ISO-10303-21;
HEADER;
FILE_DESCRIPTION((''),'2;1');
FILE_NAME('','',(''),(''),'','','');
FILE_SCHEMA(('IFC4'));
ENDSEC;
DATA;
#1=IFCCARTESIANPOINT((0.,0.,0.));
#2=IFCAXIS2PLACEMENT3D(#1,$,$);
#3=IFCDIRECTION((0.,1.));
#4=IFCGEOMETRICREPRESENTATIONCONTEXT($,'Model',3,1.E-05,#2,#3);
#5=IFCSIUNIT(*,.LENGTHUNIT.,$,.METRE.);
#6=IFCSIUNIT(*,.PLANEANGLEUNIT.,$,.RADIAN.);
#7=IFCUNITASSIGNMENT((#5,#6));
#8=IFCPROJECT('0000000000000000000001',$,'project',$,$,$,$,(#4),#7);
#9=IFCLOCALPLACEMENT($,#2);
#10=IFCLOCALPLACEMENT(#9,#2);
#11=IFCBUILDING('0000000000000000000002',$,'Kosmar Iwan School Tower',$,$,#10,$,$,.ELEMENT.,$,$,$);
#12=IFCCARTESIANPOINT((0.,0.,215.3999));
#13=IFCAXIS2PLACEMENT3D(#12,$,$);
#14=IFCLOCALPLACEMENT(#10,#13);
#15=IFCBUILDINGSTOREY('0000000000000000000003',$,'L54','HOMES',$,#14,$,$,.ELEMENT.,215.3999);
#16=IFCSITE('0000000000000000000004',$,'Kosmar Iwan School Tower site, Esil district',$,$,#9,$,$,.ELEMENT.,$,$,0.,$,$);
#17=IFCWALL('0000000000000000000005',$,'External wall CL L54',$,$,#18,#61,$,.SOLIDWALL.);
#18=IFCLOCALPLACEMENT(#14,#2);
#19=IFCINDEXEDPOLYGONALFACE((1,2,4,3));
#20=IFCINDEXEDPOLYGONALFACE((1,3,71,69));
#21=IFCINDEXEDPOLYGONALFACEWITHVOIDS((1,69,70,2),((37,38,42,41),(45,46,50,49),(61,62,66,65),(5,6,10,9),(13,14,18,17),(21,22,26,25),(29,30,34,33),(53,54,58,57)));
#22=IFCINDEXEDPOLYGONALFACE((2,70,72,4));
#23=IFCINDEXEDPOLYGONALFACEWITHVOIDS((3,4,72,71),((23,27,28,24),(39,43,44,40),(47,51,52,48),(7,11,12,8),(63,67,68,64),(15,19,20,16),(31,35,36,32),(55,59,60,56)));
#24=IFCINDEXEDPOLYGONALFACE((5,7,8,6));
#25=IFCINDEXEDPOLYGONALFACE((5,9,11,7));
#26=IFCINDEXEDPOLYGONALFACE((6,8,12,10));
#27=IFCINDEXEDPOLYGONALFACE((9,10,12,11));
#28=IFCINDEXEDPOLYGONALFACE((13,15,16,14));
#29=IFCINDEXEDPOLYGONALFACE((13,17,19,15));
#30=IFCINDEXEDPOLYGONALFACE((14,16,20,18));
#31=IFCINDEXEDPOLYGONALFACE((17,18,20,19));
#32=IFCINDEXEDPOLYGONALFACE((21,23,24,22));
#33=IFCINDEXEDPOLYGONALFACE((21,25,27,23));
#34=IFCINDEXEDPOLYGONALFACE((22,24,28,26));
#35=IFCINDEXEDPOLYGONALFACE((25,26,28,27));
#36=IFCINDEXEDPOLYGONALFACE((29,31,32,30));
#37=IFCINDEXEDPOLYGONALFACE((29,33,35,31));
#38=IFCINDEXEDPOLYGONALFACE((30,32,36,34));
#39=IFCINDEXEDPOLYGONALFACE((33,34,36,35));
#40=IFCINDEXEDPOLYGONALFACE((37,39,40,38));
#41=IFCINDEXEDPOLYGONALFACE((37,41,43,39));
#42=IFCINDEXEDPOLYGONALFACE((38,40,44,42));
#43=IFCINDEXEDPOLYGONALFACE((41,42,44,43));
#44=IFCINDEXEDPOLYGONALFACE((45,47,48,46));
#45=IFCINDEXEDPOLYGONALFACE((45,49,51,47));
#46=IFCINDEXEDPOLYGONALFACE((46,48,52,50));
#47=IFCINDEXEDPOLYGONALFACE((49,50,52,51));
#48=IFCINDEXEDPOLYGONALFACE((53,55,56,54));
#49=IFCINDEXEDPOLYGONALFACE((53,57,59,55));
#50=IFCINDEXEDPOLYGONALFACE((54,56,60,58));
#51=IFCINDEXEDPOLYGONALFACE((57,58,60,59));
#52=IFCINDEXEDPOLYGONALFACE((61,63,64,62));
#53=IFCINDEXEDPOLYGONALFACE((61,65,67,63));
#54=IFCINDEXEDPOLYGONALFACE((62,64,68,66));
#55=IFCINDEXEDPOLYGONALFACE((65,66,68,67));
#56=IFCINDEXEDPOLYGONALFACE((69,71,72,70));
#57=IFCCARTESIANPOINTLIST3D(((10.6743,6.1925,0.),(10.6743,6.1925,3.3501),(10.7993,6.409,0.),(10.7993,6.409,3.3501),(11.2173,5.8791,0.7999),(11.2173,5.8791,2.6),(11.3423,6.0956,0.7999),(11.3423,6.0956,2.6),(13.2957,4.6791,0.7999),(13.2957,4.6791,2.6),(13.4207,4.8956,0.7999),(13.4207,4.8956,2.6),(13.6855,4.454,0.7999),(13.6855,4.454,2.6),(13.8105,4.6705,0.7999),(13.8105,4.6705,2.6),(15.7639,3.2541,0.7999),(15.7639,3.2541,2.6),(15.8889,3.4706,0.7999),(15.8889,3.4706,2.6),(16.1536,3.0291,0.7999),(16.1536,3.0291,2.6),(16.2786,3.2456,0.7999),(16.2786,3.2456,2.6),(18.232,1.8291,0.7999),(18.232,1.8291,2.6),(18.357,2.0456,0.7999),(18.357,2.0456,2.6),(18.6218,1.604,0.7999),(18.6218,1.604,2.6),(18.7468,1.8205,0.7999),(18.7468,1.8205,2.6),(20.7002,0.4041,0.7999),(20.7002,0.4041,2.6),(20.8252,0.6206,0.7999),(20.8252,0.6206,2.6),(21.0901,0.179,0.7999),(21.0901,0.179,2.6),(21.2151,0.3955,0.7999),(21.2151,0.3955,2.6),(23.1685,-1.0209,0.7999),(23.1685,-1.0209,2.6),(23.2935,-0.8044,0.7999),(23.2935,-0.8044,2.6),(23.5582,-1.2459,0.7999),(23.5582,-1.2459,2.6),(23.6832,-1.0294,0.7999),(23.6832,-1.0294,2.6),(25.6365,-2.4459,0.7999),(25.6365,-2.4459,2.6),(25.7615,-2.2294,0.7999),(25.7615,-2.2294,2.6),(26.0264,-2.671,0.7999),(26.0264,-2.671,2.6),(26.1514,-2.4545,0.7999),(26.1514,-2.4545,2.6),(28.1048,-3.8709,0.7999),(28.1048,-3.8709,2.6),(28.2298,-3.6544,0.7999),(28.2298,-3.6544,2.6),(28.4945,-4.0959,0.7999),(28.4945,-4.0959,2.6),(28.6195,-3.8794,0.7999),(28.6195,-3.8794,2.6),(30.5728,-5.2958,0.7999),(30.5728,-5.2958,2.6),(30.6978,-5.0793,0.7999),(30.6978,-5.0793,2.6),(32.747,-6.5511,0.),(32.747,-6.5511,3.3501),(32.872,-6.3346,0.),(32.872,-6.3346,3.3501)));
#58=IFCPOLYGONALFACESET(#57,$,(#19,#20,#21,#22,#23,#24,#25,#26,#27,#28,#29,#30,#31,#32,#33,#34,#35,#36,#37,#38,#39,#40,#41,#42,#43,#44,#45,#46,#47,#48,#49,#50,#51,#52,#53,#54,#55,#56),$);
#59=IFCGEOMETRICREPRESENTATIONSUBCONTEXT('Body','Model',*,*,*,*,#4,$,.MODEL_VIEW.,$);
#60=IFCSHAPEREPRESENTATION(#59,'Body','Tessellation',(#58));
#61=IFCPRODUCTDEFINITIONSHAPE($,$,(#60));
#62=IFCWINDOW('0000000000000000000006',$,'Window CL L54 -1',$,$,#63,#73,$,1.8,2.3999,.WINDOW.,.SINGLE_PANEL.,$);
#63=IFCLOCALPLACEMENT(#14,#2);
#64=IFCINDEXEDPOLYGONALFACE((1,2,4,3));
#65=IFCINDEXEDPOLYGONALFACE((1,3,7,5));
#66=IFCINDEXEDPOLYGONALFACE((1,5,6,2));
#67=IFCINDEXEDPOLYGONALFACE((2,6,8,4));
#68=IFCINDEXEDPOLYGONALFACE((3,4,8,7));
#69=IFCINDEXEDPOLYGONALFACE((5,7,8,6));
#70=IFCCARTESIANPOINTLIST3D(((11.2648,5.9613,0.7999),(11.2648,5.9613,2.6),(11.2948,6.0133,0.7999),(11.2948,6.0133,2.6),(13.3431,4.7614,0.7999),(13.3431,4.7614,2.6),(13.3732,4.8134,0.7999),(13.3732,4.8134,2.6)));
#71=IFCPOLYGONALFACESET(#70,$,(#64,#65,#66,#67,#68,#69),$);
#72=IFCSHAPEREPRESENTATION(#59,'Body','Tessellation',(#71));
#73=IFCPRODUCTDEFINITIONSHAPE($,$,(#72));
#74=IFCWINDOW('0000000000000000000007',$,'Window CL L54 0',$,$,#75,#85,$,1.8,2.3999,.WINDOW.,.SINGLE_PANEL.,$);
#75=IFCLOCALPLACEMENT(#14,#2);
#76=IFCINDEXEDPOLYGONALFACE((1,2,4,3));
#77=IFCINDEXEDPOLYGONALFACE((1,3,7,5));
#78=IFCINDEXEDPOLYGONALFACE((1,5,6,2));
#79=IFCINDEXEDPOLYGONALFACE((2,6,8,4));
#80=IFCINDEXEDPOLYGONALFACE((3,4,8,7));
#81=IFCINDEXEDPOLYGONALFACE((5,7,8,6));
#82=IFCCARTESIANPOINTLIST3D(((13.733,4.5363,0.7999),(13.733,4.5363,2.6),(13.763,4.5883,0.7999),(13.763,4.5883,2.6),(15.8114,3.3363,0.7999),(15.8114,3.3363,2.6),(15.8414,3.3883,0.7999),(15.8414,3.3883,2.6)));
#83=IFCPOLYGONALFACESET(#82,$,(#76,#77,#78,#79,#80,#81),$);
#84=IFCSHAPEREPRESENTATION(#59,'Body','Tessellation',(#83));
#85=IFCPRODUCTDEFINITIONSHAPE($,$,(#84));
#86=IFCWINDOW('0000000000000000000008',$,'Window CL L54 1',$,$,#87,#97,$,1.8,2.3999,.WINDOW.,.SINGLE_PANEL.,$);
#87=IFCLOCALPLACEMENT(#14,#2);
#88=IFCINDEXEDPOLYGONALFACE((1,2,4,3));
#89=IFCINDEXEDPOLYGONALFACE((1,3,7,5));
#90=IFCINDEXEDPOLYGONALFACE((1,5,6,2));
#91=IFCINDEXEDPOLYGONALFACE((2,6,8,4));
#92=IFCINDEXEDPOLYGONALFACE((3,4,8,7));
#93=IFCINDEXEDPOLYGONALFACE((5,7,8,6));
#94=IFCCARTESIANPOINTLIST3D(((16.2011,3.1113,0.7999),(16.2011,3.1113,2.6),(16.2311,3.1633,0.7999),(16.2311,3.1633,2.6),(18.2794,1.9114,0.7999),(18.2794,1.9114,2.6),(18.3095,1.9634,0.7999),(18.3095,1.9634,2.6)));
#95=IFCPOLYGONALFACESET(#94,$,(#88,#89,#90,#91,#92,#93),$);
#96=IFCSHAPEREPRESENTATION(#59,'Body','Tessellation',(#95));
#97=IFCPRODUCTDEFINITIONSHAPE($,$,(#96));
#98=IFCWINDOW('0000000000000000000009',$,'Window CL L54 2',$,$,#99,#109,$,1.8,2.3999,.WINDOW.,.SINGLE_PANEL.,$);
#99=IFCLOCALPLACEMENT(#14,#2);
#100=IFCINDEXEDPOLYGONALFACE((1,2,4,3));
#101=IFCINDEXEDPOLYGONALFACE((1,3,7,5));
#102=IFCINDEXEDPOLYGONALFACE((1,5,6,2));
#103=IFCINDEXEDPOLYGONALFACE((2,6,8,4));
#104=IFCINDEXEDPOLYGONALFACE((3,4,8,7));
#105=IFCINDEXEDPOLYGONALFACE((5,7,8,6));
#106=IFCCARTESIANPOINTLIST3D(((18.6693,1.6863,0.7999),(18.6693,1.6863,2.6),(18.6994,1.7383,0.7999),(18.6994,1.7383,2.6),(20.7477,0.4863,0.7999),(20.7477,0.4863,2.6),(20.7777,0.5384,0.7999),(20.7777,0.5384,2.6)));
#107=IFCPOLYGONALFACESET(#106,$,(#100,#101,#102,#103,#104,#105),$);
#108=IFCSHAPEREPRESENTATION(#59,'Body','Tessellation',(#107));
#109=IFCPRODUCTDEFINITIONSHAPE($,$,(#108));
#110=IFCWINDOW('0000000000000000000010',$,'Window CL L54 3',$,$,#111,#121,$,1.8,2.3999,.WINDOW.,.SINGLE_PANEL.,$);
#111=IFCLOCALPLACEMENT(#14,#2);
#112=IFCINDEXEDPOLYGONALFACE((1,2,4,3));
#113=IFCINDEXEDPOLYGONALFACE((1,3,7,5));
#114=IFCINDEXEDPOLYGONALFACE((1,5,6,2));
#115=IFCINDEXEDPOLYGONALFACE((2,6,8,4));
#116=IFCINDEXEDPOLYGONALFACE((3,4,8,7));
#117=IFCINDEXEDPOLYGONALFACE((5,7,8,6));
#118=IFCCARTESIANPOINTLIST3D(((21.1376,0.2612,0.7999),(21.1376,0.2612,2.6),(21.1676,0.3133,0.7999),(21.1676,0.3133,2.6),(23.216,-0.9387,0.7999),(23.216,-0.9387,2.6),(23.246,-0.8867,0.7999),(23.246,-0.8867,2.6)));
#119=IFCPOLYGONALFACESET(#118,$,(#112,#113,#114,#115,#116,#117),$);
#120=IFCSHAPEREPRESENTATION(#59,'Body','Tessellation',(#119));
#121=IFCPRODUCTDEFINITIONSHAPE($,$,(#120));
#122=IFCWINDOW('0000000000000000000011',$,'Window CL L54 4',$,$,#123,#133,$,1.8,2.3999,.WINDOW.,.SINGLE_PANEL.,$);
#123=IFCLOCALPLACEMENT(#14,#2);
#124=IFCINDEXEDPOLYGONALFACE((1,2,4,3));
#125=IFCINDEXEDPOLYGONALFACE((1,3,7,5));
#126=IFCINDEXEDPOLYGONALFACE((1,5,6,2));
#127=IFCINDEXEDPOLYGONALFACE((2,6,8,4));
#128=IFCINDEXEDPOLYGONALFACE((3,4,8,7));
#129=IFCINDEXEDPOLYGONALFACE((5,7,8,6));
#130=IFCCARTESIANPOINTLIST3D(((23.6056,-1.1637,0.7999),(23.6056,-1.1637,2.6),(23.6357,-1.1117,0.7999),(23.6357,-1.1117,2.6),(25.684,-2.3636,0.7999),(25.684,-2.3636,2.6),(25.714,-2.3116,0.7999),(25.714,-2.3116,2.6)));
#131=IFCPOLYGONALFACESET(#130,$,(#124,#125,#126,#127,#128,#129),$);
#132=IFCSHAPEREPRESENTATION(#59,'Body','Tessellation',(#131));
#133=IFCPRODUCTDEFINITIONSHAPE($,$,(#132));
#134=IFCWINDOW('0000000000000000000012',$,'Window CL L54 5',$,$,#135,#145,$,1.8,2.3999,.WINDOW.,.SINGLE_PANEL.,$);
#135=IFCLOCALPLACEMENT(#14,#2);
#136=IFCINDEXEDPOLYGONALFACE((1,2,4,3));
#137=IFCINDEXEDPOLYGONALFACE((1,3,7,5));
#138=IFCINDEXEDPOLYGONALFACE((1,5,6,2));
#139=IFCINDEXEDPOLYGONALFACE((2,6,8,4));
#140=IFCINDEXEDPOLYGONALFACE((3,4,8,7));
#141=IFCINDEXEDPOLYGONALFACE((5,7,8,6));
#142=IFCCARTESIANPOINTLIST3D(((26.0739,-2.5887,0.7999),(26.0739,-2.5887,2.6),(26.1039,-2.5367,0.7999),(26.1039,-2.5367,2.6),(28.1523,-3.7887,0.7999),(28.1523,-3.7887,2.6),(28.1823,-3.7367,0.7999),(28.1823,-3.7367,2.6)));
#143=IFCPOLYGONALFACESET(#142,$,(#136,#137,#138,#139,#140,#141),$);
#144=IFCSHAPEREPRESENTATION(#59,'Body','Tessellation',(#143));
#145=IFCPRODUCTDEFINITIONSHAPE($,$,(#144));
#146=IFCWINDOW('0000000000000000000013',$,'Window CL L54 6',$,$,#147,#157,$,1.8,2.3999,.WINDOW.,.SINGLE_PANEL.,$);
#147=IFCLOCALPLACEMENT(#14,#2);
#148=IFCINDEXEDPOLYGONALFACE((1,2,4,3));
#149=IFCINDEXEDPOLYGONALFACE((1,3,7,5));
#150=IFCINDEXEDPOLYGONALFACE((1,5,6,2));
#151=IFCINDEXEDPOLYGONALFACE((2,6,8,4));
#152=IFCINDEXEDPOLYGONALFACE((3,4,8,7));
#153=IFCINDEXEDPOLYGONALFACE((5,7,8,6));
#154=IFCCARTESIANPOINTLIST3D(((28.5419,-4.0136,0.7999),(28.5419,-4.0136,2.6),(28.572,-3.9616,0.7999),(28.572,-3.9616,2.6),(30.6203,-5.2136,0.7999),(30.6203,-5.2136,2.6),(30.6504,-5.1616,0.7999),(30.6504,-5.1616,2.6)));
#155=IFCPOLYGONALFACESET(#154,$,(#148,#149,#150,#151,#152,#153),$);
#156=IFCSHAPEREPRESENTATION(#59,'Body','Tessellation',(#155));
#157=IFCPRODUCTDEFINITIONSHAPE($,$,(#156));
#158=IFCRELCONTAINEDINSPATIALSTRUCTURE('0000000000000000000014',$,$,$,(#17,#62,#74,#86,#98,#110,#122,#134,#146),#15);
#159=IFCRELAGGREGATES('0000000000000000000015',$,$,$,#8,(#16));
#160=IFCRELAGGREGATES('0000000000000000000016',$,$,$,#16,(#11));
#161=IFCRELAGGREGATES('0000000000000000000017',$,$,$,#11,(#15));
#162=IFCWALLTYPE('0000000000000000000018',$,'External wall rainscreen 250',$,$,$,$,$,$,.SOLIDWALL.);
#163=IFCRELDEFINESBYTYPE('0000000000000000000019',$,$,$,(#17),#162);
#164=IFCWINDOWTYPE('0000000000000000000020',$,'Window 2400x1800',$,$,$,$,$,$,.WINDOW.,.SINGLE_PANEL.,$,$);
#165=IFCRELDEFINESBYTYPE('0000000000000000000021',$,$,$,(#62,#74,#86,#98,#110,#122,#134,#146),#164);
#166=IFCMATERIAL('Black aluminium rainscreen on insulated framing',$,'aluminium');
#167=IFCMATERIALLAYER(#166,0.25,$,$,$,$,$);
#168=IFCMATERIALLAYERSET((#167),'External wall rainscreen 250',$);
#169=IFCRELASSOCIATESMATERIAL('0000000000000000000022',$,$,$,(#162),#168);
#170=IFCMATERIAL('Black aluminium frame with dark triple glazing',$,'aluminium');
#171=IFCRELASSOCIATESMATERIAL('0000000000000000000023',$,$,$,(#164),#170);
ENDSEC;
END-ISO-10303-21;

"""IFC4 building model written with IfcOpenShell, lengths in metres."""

from ifc_helpers import new_model, si_unit, direction, frame, frame_2d, origin, place, context, subcontext, project, spatial, rectangle, extrude, material, layer, layer_set, type_object, element, fill, save


model = new_model("IFC4")

# Units and contexts
model_context = context("Model", 3, precision=1e-05, world=origin(), true_north=direction((0.0, 1.0)))
body_context = subcontext(model_context, "Body", "Model", "MODEL_VIEW")
ifc_project = project(units=[si_unit("LENGTHUNIT", "METRE"), si_unit("PLANEANGLEUNIT", "RADIAN")], contexts=[model_context])

# Site, building, storey
site_placement = place(None, origin())
site = spatial("IfcSite", under=ifc_project, at=site_placement, Name="Kosmar Iwan School Tower site, Esil district", CompositionType="ELEMENT", RefElevation=0.0)
building_placement = place(site_placement, origin())
building = spatial("IfcBuilding", under=site, at=building_placement, Name="Kosmar Iwan School Tower", CompositionType="ELEMENT")
storey_placement = place(building_placement, frame((0.0, 0.0, 215.3999)))
storey = spatial("IfcBuildingStorey", under=building, at=storey_placement, Name="L54", Description="HOMES", CompositionType="ELEMENT", Elevation=215.3999)

# Wall, openings, windows
ifc_material_1 = material(Name="Black aluminium rainscreen on insulated framing", Category="aluminium")
ifc_layer_1 = layer(ifc_material_1, 0.25)
ifc_layer_set_1 = layer_set([ifc_layer_1], Name="External wall rainscreen 250")
wall_type_1 = type_object("IfcWallType", Name="External wall rainscreen 250", PredefinedType="SOLIDWALL", material=ifc_layer_set_1)
wall_1_placement = place(storey_placement, frame((10.7368, 6.3008, 0.0), z_axis=(0.0, 0.0, 1.0), x_axis=(0.866026, -0.499998, 0.0)))
wall_1 = element("IfcWall", 1, at=wall_1_placement, inside=storey, type_object=wall_type_1, Name="External wall CL L54", PredefinedType="SOLIDWALL", context=body_context, shape_type="SweptSolid", body=[
    extrude(rectangle(XDim=25.4873, YDim=0.25, at=frame_2d((12.7437, 0.0))), origin(), (0.0, 0.0, 1.0), 3.3501),
])
opening_1_placement = place(wall_1_placement, frame((0.627, 0.0, 0.8)))
opening_1 = element("IfcOpeningElement", 2, at=opening_1_placement, cuts=wall_1, PredefinedType="OPENING", context=body_context, shape_type="SweptSolid", body=[
    extrude(rectangle(XDim=2.3999, YDim=1.8, at=frame_2d((1.2, 0.8999))), frame((0.0, 0.137, 0.0), z_axis=(0.0, -1.0, 0.0), x_axis=(1.0, 0.0, 0.0)), (0.0, 0.0, 1.0), 0.2739),
])
opening_2_placement = place(wall_1_placement, frame((3.4771, 0.0, 0.8)))
opening_2 = element("IfcOpeningElement", 3, at=opening_2_placement, cuts=wall_1, PredefinedType="OPENING", context=body_context, shape_type="SweptSolid", body=[
    extrude(rectangle(XDim=2.3999, YDim=1.8, at=frame_2d((1.2, 0.8999))), frame((0.0, 0.137, 0.0), z_axis=(0.0, -1.0, 0.0), x_axis=(1.0, 0.0, 0.0)), (0.0, 0.0, 1.0), 0.2739),
])
opening_3_placement = place(wall_1_placement, frame((6.3269, 0.0, 0.8)))
opening_3 = element("IfcOpeningElement", 4, at=opening_3_placement, cuts=wall_1, PredefinedType="OPENING", context=body_context, shape_type="SweptSolid", body=[
    extrude(rectangle(XDim=2.3999, YDim=1.8, at=frame_2d((1.2, 0.8999))), frame((0.0, 0.137, 0.0), z_axis=(0.0, -1.0, 0.0), x_axis=(1.0, 0.0, 0.0)), (0.0, 0.0, 1.0), 0.2739),
])
opening_4_placement = place(wall_1_placement, frame((9.177, 0.0, 0.8)))
opening_4 = element("IfcOpeningElement", 5, at=opening_4_placement, cuts=wall_1, PredefinedType="OPENING", context=body_context, shape_type="SweptSolid", body=[
    extrude(rectangle(XDim=2.3999, YDim=1.8, at=frame_2d((1.2, 0.8999))), frame((0.0, 0.137, 0.0), z_axis=(0.0, -1.0, 0.0), x_axis=(1.0, 0.0, 0.0)), (0.0, 0.0, 1.0), 0.2739),
])
opening_5_placement = place(wall_1_placement, frame((12.0271, 0.0, 0.8)))
opening_5 = element("IfcOpeningElement", 6, at=opening_5_placement, cuts=wall_1, PredefinedType="OPENING", context=body_context, shape_type="SweptSolid", body=[
    extrude(rectangle(XDim=2.3999, YDim=1.8, at=frame_2d((1.2, 0.8999))), frame((0.0, 0.137, 0.0), z_axis=(0.0, -1.0, 0.0), x_axis=(1.0, 0.0, 0.0)), (0.0, 0.0, 1.0), 0.2739),
])
opening_6_placement = place(wall_1_placement, frame((14.877, 0.0, 0.8)))
opening_6 = element("IfcOpeningElement", 7, at=opening_6_placement, cuts=wall_1, PredefinedType="OPENING", context=body_context, shape_type="SweptSolid", body=[
    extrude(rectangle(XDim=2.3999, YDim=1.8, at=frame_2d((1.2, 0.8999))), frame((0.0, 0.137, 0.0), z_axis=(0.0, -1.0, 0.0), x_axis=(1.0, 0.0, 0.0)), (0.0, 0.0, 1.0), 0.2739),
])
opening_7_placement = place(wall_1_placement, frame((17.7271, 0.0, 0.8)))
opening_7 = element("IfcOpeningElement", 8, at=opening_7_placement, cuts=wall_1, PredefinedType="OPENING", context=body_context, shape_type="SweptSolid", body=[
    extrude(rectangle(XDim=2.3999, YDim=1.8, at=frame_2d((1.2, 0.8999))), frame((0.0, 0.137, 0.0), z_axis=(0.0, -1.0, 0.0), x_axis=(1.0, 0.0, 0.0)), (0.0, 0.0, 1.0), 0.2739),
])
opening_8_placement = place(wall_1_placement, frame((20.5769, 0.0, 0.8)))
opening_8 = element("IfcOpeningElement", 9, at=opening_8_placement, cuts=wall_1, PredefinedType="OPENING", context=body_context, shape_type="SweptSolid", body=[
    extrude(rectangle(XDim=2.3999, YDim=1.8, at=frame_2d((1.2, 0.8999))), frame((0.0, 0.137, 0.0), z_axis=(0.0, -1.0, 0.0), x_axis=(1.0, 0.0, 0.0)), (0.0, 0.0, 1.0), 0.2739),
])
ifc_material_2 = material(Name="Black aluminium frame with dark triple glazing", Category="aluminium")
window_type = type_object("IfcWindowType", Name="Window 2400x1800", PartitioningType="SINGLE_PANEL", PredefinedType="WINDOW", material=ifc_material_2)
window_1_placement = place(opening_1_placement, origin())
window_1 = element("IfcWindow", 10, at=window_1_placement, inside=storey, type_object=window_type, Name="Window CL L54 -1", OverallHeight=1.8, OverallWidth=2.3999, PartitioningType="SINGLE_PANEL", PredefinedType="WINDOW", context=body_context, shape_type="SweptSolid", body=[
    extrude(rectangle(XDim=2.3999, YDim=1.8, at=frame_2d((1.2, 0.8999))), frame((0.0, 0.03, 0.0), z_axis=(0.0, -1.0, 0.0), x_axis=(1.0, 0.0, 0.0)), (0.0, 0.0, 1.0), 0.0601),
])
fill(opening_1, window_1)
window_2_placement = place(opening_2_placement, origin())
window_2 = element("IfcWindow", 11, at=window_2_placement, inside=storey, type_object=window_type, Name="Window CL L54 0", OverallHeight=1.8, OverallWidth=2.3999, PartitioningType="SINGLE_PANEL", PredefinedType="WINDOW", context=body_context, shape_type="SweptSolid", body=[
    extrude(rectangle(XDim=2.3999, YDim=1.8, at=frame_2d((1.2, 0.8999))), frame((0.0, 0.03, 0.0), z_axis=(0.0, -1.0, 0.0), x_axis=(1.0, 0.0, 0.0)), (0.0, 0.0, 1.0), 0.0601),
])
fill(opening_2, window_2)
window_3_placement = place(opening_3_placement, origin())
window_3 = element("IfcWindow", 12, at=window_3_placement, inside=storey, type_object=window_type, Name="Window CL L54 1", OverallHeight=1.8, OverallWidth=2.3999, PartitioningType="SINGLE_PANEL", PredefinedType="WINDOW", context=body_context, shape_type="SweptSolid", body=[
    extrude(rectangle(XDim=2.3999, YDim=1.8, at=frame_2d((1.2, 0.8999))), frame((0.0, 0.03, 0.0), z_axis=(0.0, -1.0, 0.0), x_axis=(1.0, 0.0, 0.0)), (0.0, 0.0, 1.0), 0.0601),
])
fill(opening_3, window_3)
window_4_placement = place(opening_4_placement, origin())
window_4 = element("IfcWindow", 13, at=window_4_placement, inside=storey, type_object=window_type, Name="Window CL L54 2", OverallHeight=1.8, OverallWidth=2.3999, PartitioningType="SINGLE_PANEL", PredefinedType="WINDOW", context=body_context, shape_type="SweptSolid", body=[
    extrude(rectangle(XDim=2.3999, YDim=1.8, at=frame_2d((1.2, 0.8999))), frame((0.0, 0.03, 0.0), z_axis=(0.0, -1.0, 0.0), x_axis=(1.0, 0.0, 0.0)), (0.0, 0.0, 1.0), 0.0601),
])
fill(opening_4, window_4)
window_5_placement = place(opening_5_placement, origin())
window_5 = element("IfcWindow", 14, at=window_5_placement, inside=storey, type_object=window_type, Name="Window CL L54 3", OverallHeight=1.8, OverallWidth=2.3999, PartitioningType="SINGLE_PANEL", PredefinedType="WINDOW", context=body_context, shape_type="SweptSolid", body=[
    extrude(rectangle(XDim=2.3999, YDim=1.8, at=frame_2d((1.2, 0.8999))), frame((0.0, 0.03, 0.0), z_axis=(0.0, -1.0, 0.0), x_axis=(1.0, 0.0, 0.0)), (0.0, 0.0, 1.0), 0.0601),
])
fill(opening_5, window_5)
window_6_placement = place(opening_6_placement, origin())
window_6 = element("IfcWindow", 15, at=window_6_placement, inside=storey, type_object=window_type, Name="Window CL L54 4", OverallHeight=1.8, OverallWidth=2.3999, PartitioningType="SINGLE_PANEL", PredefinedType="WINDOW", context=body_context, shape_type="SweptSolid", body=[
    extrude(rectangle(XDim=2.3999, YDim=1.8, at=frame_2d((1.2, 0.8999))), frame((0.0, 0.03, 0.0), z_axis=(0.0, -1.0, 0.0), x_axis=(1.0, 0.0, 0.0)), (0.0, 0.0, 1.0), 0.0601),
])
fill(opening_6, window_6)
window_7_placement = place(opening_7_placement, origin())
window_7 = element("IfcWindow", 16, at=window_7_placement, inside=storey, type_object=window_type, Name="Window CL L54 5", OverallHeight=1.8, OverallWidth=2.3999, PartitioningType="SINGLE_PANEL", PredefinedType="WINDOW", context=body_context, shape_type="SweptSolid", body=[
    extrude(rectangle(XDim=2.3999, YDim=1.8, at=frame_2d((1.2, 0.8999))), frame((0.0, 0.03, 0.0), z_axis=(0.0, -1.0, 0.0), x_axis=(1.0, 0.0, 0.0)), (0.0, 0.0, 1.0), 0.0601),
])
fill(opening_7, window_7)
window_8_placement = place(opening_8_placement, origin())
window_8 = element("IfcWindow", 17, at=window_8_placement, inside=storey, type_object=window_type, Name="Window CL L54 6", OverallHeight=1.8, OverallWidth=2.3999, PartitioningType="SINGLE_PANEL", PredefinedType="WINDOW", context=body_context, shape_type="SweptSolid", body=[
    extrude(rectangle(XDim=2.3999, YDim=1.8, at=frame_2d((1.2, 0.8999))), frame((0.0, 0.03, 0.0), z_axis=(0.0, -1.0, 0.0), x_axis=(1.0, 0.0, 0.0)), (0.0, 0.0, 1.0), 0.0601),
])
fill(opening_8, window_8)

save(model, "model.ifc")
